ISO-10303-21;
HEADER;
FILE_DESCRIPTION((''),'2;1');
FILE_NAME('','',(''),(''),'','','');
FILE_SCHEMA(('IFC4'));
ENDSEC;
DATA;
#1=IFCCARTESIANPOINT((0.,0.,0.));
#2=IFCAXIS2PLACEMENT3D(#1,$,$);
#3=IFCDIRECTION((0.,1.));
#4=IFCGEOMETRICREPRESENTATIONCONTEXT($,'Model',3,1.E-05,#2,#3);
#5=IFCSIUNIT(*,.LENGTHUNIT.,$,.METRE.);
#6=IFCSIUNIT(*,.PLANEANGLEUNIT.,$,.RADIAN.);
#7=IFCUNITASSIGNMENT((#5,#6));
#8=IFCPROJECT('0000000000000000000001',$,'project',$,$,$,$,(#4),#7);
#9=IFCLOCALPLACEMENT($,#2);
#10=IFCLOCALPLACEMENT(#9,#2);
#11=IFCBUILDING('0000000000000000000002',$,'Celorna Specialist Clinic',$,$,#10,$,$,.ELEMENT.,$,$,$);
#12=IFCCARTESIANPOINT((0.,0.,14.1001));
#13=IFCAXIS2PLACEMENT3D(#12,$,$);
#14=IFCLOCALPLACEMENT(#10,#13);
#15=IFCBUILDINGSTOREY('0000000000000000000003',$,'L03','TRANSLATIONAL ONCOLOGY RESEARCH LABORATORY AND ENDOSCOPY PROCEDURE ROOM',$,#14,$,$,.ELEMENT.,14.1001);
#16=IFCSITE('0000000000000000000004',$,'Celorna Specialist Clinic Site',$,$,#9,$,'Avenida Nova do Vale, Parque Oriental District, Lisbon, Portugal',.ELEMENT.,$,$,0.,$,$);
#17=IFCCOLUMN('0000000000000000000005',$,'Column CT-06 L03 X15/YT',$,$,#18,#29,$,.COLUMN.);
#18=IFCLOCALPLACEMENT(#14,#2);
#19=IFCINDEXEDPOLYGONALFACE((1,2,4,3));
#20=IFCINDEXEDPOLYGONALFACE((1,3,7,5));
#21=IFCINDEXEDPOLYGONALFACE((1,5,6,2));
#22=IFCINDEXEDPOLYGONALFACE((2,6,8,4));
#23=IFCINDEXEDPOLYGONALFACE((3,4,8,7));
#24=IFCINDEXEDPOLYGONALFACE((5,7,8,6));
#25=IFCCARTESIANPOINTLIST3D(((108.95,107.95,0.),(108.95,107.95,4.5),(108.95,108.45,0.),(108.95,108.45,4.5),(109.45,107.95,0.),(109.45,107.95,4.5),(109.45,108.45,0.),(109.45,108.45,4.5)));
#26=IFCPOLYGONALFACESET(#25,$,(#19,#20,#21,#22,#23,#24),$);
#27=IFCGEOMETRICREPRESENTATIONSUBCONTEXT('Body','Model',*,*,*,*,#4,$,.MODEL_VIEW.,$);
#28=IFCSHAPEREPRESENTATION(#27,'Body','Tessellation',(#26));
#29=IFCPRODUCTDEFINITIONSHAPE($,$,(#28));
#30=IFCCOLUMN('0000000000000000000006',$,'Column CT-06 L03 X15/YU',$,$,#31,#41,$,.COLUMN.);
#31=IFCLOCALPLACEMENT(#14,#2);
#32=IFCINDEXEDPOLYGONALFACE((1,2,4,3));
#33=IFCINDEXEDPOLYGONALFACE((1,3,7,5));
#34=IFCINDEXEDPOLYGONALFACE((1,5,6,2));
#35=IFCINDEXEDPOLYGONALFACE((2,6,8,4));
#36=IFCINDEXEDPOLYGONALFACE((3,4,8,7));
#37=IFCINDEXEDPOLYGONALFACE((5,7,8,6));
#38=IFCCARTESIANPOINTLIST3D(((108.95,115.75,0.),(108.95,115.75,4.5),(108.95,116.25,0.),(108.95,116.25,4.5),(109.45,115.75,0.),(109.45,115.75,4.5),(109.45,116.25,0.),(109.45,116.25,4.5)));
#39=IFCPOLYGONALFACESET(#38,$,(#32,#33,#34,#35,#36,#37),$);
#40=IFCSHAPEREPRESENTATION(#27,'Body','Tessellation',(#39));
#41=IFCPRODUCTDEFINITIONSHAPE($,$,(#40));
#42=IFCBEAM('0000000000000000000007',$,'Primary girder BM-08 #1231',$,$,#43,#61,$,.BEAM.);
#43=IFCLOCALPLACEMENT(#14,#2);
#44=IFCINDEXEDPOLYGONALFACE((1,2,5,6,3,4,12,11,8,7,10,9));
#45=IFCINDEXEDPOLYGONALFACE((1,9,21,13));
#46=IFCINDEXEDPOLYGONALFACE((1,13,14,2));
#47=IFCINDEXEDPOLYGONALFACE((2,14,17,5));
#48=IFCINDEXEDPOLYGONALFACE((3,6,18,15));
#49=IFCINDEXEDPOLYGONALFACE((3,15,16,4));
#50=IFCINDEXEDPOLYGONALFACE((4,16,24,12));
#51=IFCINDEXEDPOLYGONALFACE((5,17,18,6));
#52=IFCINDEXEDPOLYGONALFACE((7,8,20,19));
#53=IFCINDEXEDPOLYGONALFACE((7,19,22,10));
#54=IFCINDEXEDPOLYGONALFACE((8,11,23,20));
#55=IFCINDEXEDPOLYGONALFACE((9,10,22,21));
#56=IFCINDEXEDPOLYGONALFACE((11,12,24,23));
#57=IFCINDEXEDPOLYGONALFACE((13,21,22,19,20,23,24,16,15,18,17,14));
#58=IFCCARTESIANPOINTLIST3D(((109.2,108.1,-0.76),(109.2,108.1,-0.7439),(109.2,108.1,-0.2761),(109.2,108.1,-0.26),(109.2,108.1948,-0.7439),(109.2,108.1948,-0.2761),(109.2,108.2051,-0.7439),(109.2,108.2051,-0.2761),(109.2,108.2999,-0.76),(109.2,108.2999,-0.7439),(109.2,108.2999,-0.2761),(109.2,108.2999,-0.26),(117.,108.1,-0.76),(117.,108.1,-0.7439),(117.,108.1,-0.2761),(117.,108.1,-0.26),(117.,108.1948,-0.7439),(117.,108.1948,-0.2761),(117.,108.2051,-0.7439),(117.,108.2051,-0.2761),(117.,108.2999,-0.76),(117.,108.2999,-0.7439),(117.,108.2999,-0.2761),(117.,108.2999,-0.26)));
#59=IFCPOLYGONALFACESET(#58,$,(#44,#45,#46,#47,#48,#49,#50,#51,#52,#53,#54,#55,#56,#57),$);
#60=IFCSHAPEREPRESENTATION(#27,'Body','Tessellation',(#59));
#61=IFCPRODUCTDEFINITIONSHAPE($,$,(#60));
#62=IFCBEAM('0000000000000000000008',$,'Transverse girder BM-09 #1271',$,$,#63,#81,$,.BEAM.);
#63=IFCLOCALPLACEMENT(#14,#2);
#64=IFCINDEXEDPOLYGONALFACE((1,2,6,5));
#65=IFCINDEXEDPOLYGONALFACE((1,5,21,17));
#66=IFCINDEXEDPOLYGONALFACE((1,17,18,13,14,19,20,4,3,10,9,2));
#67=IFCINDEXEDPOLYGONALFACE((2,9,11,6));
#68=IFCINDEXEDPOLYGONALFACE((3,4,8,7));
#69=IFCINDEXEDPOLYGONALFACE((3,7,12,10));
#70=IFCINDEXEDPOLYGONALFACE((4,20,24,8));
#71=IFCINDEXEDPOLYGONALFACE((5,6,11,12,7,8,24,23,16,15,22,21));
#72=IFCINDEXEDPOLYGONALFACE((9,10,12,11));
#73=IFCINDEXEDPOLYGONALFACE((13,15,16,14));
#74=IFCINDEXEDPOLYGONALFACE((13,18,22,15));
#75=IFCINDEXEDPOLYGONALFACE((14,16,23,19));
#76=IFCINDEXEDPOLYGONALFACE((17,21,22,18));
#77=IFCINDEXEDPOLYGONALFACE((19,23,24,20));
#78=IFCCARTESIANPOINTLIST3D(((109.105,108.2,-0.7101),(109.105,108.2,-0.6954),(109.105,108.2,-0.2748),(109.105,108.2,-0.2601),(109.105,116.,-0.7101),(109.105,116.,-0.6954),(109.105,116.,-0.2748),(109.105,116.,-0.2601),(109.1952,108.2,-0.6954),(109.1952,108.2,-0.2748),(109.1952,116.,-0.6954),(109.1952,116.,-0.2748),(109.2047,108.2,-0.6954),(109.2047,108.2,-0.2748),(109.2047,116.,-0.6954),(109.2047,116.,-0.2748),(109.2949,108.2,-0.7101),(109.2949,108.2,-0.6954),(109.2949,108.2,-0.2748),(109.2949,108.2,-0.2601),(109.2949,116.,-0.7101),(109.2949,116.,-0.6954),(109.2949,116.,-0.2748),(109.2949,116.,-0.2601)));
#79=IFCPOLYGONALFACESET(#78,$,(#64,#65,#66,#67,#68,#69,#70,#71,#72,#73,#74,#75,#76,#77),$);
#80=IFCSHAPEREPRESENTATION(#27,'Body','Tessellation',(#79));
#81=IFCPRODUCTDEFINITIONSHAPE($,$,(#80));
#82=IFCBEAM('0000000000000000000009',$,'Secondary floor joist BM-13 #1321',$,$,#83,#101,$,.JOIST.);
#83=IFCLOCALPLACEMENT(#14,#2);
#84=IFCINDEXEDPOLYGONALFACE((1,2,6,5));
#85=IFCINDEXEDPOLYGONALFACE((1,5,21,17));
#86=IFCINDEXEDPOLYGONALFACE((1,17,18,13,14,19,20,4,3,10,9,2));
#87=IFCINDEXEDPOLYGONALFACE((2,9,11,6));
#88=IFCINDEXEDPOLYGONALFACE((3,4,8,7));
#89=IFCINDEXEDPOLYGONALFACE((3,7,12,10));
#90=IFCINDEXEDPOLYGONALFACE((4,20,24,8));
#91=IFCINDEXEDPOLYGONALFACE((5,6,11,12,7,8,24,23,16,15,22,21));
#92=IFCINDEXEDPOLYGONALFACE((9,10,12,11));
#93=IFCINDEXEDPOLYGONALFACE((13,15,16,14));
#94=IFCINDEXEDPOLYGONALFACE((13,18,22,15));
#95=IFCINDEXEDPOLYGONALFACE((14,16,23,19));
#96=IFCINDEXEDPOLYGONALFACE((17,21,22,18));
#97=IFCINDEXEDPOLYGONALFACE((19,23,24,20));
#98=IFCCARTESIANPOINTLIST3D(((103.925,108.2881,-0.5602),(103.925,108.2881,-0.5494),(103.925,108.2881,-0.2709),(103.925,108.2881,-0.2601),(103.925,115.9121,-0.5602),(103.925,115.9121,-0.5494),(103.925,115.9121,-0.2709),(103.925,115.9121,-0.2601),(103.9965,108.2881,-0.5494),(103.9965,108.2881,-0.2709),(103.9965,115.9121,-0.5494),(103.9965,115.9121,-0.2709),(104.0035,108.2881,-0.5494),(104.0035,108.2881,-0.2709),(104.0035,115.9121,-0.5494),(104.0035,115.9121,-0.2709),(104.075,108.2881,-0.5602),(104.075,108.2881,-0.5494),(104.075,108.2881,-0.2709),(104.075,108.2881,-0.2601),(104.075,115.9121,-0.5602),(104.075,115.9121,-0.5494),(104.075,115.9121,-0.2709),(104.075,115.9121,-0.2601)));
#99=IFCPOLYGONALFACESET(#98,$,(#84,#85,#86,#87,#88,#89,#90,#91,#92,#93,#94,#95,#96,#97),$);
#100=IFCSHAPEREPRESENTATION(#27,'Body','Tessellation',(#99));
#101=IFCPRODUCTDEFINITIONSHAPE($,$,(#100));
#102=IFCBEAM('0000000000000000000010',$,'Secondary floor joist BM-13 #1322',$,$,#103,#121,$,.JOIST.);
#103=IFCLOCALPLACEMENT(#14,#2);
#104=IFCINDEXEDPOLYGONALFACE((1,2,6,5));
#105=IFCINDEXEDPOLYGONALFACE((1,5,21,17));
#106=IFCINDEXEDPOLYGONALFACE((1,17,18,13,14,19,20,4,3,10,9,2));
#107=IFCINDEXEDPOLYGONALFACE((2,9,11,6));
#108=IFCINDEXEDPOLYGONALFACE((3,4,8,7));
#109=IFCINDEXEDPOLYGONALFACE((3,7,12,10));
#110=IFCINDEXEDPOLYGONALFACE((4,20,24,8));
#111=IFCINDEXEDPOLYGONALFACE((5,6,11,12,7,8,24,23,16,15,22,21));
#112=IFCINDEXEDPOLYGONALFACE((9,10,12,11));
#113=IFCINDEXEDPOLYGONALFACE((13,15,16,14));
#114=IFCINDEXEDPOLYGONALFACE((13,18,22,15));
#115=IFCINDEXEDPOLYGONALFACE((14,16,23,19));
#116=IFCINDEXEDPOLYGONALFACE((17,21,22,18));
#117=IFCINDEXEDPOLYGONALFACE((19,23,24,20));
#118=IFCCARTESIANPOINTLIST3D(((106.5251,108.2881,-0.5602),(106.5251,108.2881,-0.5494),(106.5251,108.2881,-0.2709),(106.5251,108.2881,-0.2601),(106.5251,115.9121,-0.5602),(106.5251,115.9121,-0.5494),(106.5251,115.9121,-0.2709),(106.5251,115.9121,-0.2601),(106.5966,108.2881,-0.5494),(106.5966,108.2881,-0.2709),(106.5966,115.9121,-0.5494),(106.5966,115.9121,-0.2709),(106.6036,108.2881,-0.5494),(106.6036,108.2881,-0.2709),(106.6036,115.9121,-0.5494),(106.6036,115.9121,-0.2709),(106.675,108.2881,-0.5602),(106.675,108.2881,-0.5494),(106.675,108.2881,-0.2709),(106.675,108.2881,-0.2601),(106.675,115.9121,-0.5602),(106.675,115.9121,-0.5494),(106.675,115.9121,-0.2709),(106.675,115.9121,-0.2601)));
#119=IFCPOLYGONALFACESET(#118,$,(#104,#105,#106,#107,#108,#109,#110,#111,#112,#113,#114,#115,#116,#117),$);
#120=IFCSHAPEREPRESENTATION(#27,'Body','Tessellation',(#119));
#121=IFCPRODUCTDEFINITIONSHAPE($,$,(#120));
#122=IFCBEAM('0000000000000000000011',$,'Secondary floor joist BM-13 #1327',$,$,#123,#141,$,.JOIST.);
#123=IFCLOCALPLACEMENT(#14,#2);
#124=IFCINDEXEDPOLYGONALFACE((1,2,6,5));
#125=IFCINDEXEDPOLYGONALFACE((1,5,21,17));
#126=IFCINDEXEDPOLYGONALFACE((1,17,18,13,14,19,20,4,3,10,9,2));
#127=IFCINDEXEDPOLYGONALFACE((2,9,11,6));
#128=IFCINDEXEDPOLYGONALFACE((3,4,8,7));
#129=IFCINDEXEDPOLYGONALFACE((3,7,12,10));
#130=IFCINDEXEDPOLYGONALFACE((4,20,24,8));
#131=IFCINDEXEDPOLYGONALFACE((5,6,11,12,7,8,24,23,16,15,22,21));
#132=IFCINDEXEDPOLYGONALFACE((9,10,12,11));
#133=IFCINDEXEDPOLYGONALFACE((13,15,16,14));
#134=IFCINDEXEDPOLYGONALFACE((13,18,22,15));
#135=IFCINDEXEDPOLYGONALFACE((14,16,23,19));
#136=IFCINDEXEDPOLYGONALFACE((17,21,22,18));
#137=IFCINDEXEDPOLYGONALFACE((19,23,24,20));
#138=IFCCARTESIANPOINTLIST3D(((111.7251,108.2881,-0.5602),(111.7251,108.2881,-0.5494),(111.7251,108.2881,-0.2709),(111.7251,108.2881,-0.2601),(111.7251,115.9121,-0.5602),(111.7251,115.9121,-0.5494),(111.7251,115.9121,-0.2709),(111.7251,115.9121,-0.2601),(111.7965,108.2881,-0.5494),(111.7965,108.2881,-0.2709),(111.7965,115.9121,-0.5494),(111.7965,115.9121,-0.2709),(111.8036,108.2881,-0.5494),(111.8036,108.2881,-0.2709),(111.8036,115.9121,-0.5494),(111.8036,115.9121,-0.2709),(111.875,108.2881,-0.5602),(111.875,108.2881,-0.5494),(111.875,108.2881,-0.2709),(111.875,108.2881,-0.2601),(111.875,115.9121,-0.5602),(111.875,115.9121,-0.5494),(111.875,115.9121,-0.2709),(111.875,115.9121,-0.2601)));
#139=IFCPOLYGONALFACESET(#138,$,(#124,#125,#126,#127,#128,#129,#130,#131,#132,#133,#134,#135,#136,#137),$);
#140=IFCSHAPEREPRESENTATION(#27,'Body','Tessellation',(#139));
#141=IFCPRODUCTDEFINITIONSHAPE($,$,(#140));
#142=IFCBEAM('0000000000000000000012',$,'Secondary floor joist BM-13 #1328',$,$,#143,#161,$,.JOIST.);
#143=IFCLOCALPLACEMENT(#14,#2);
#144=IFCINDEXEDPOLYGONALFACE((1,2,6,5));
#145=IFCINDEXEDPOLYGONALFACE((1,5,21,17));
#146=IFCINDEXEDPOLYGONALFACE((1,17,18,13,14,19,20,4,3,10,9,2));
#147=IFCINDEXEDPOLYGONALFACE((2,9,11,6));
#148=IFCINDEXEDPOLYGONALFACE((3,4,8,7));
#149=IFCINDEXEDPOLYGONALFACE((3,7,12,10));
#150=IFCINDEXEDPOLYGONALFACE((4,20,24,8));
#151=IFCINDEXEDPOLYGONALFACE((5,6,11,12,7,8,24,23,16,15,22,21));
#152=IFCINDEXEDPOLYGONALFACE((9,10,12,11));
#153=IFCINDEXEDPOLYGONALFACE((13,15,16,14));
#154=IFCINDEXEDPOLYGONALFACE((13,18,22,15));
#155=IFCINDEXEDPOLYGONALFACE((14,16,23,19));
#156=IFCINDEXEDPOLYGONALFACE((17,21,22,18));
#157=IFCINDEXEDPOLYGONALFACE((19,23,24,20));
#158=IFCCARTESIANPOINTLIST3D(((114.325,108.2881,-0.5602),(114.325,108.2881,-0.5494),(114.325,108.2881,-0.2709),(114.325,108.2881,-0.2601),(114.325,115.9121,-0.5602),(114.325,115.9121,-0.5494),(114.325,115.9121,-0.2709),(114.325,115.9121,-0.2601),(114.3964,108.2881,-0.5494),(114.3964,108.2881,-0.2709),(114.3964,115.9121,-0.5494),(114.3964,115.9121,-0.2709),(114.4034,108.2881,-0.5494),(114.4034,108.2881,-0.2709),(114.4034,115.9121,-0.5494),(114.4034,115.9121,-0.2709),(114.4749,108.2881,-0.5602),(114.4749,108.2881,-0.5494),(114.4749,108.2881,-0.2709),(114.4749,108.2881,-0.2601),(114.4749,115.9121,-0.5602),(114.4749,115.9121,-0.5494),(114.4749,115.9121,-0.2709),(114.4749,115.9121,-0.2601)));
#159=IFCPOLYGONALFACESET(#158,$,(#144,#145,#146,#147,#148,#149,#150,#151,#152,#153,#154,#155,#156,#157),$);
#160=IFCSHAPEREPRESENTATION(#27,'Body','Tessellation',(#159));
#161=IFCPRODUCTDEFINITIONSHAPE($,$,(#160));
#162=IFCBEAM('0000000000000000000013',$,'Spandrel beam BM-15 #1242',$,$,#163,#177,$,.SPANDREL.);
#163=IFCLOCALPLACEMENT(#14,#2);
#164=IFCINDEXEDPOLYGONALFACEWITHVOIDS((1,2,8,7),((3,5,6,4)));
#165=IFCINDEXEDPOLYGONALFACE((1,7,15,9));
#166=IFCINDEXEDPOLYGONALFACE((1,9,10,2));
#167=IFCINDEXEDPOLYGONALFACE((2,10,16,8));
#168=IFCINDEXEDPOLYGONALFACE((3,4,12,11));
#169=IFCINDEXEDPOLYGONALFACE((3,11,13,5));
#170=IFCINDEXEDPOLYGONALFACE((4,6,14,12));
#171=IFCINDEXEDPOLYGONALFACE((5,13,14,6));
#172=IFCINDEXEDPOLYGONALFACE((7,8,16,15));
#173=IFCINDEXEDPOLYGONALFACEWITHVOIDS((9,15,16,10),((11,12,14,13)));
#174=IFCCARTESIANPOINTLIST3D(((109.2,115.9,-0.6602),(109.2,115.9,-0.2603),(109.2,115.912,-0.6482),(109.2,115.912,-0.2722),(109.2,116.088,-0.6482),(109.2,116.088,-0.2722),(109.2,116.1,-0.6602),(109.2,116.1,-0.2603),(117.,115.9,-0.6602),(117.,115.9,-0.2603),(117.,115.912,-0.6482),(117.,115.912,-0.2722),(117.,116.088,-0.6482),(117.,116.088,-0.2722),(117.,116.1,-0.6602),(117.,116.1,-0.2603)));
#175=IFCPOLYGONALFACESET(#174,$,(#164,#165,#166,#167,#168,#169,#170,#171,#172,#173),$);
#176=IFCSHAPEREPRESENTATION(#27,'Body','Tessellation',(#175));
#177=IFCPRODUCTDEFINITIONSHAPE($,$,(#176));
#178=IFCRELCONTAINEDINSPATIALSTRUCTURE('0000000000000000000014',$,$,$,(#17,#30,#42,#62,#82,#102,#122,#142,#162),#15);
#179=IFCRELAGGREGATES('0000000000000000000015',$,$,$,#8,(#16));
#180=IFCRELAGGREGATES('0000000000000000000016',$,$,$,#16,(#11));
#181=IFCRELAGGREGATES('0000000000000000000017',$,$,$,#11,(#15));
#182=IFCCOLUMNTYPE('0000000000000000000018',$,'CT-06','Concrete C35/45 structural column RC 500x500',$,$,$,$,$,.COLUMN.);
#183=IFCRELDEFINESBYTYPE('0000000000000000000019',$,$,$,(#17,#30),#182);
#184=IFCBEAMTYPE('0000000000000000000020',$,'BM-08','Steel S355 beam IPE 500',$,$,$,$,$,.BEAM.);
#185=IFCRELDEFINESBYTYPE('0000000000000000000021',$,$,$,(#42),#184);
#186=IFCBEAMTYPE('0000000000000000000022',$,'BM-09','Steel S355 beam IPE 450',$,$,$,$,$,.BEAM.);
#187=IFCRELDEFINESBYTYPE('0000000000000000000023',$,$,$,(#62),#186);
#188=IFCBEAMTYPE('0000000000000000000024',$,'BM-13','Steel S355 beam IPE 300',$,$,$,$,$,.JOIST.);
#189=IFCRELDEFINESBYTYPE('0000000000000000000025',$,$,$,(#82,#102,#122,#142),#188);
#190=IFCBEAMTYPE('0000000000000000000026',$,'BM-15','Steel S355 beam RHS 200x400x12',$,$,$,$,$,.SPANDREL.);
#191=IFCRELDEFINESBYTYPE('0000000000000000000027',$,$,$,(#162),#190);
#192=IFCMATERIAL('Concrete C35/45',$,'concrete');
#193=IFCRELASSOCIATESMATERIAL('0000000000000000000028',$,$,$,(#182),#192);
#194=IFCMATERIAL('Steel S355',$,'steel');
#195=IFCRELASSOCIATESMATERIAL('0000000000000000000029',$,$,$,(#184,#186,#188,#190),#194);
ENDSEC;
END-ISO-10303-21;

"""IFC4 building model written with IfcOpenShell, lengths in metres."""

from ifc_helpers import new_model, si_unit, direction, frame, origin, origin_2d, place, context, subcontext, project, spatial, rectangle, hollow_rectangle, i_section, extrude, material, material_profile, profile_set, type_object, element, save


model = new_model("IFC4")

# Units and contexts
model_context = context("Model", 3, precision=1e-05, world=origin(), true_north=direction((0.0, 1.0)))
body_context = subcontext(model_context, "Body", "Model", "MODEL_VIEW")
ifc_project = project(units=[si_unit("LENGTHUNIT", "METRE"), si_unit("PLANEANGLEUNIT", "RADIAN")], contexts=[model_context])

# Site, building, storey
site_placement = place(None, origin())
site = spatial("IfcSite", under=ifc_project, at=site_placement, Name="Celorna Specialist Clinic Site", LongName="Avenida Nova do Vale, Parque Oriental District, Lisbon, Portugal", CompositionType="ELEMENT", RefElevation=0.0)
building_placement = place(site_placement, origin())
building = spatial("IfcBuilding", under=site, at=building_placement, Name="Celorna Specialist Clinic", CompositionType="ELEMENT")
storey_placement = place(building_placement, frame((0.0, 0.0, 14.1001)))
storey = spatial("IfcBuildingStorey", under=building, at=storey_placement, Name="L03", Description="TRANSLATIONAL ONCOLOGY RESEARCH LABORATORY AND ENDOSCOPY PROCEDURE ROOM", CompositionType="ELEMENT", Elevation=14.1001)

# Columns
ifc_material_1 = material(Name="Concrete C35/45", Category="concrete")
ifc_material_profile_1 = material_profile(ifc_material_1, rectangle(XDim=0.5, YDim=0.5, at=origin_2d()), Name="RC 500x500")
ifc_profile_set_1 = profile_set([ifc_material_profile_1], Name="Concrete C35/45")
column_type = type_object("IfcColumnType", Name="CT-06", Description="Concrete C35/45 structural column RC 500x500", PredefinedType="COLUMN", material=ifc_profile_set_1)
for number, where, z_axis, x_axis, name in (
    (1, (109.2, 108.2, 0.0), (0.0, 0.0, 1.0), (1.0, 0.0, 0.0), "Column CT-06 L03 X15/YT"),
    (2, (109.2, 116.0, 0.0), (0.0, 0.0, 1.0), (1.0, 0.0, 0.0), "Column CT-06 L03 X15/YU"),
):
    element("IfcColumn", number, at=place(storey_placement, frame(where, z_axis=z_axis, x_axis=x_axis)), inside=storey, type_object=column_type, Name=name, PredefinedType="COLUMN", context=body_context, shape_type="SweptSolid", body=[
        extrude(rectangle(XDim=0.5, YDim=0.5, at=origin_2d()), origin(), (0.0, 0.0, 1.0), 4.5),
    ])

# Beams
ifc_material_2 = material(Name="Steel S355", Category="steel")
ifc_material_profile_2 = material_profile(ifc_material_2, i_section(OverallWidth=0.2, OverallDepth=0.5, WebThickness=0.0103, FlangeThickness=0.0161, at=origin_2d()), Name="IPE 500")
ifc_profile_set_2 = profile_set([ifc_material_profile_2], Name="Steel S355")
beam_type_1 = type_object("IfcBeamType", Name="BM-08", Description="Steel S355 beam IPE 500", PredefinedType="BEAM", material=ifc_profile_set_2)
beam_1_placement = place(storey_placement, frame((109.2, 108.2, -0.51), z_axis=(1.0, 0.0, 0.0), x_axis=(0.0, 1.0, 0.0)))
element("IfcBeam", 3, at=beam_1_placement, inside=storey, type_object=beam_type_1, Name="Primary girder BM-08 #1231", PredefinedType="BEAM", context=body_context, shape_type="SweptSolid", body=[
    extrude(i_section(OverallWidth=0.2, OverallDepth=0.5, WebThickness=0.0103, FlangeThickness=0.0161, at=origin_2d()), origin(), (0.0, 0.0, 1.0), 7.8),
])
ifc_material_profile_3 = material_profile(ifc_material_2, i_section(OverallWidth=0.1899, OverallDepth=0.45, WebThickness=0.0095, FlangeThickness=0.0146, at=origin_2d()), Name="IPE 450")
ifc_profile_set_3 = profile_set([ifc_material_profile_3], Name="Steel S355")
beam_type_2 = type_object("IfcBeamType", Name="BM-09", Description="Steel S355 beam IPE 450", PredefinedType="BEAM", material=ifc_profile_set_3)
beam_2_placement = place(storey_placement, frame((109.2, 108.2, -0.4851), z_axis=(0.0, 1.0, 0.0), x_axis=(-1.0, 0.0, 0.0)))
element("IfcBeam", 4, at=beam_2_placement, inside=storey, type_object=beam_type_2, Name="Transverse girder BM-09 #1271", PredefinedType="BEAM", context=body_context, shape_type="SweptSolid", body=[
    extrude(i_section(OverallWidth=0.1899, OverallDepth=0.45, WebThickness=0.0095, FlangeThickness=0.0146, at=origin_2d()), origin(), (0.0, 0.0, 1.0), 7.8),
])
ifc_material_profile_4 = material_profile(ifc_material_2, i_section(OverallWidth=0.1499, OverallDepth=0.3, WebThickness=0.0071, FlangeThickness=0.0107, at=origin_2d()), Name="IPE 300")
ifc_profile_set_4 = profile_set([ifc_material_profile_4], Name="Steel S355")
beam_type_3 = type_object("IfcBeamType", Name="BM-13", Description="Steel S355 beam IPE 300", PredefinedType="JOIST", material=ifc_profile_set_4)
for number, where, z_axis, x_axis, name in (
    (5, (104.0, 108.2881, -0.4102), (0.0, 1.0, 0.0), (-1.0, 0.0, 0.0), "Secondary floor joist BM-13 #1321"),
    (6, (106.6001, 108.2881, -0.4102), (0.0, 1.0, 0.0), (-1.0, 0.0, 0.0), "Secondary floor joist BM-13 #1322"),
    (7, (111.8, 108.2881, -0.4102), (0.0, 1.0, 0.0), (-1.0, 0.0, 0.0), "Secondary floor joist BM-13 #1327"),
    (8, (114.3999, 108.2881, -0.4102), (0.0, 1.0, 0.0), (-1.0, 0.0, 0.0), "Secondary floor joist BM-13 #1328"),
):
    element("IfcBeam", number, at=place(storey_placement, frame(where, z_axis=z_axis, x_axis=x_axis)), inside=storey, type_object=beam_type_3, Name=name, PredefinedType="JOIST", context=body_context, shape_type="SweptSolid", body=[
        extrude(i_section(OverallWidth=0.1499, OverallDepth=0.3, WebThickness=0.0071, FlangeThickness=0.0107, at=origin_2d()), origin(), (0.0, 0.0, 1.0), 7.624),
    ])
ifc_material_profile_5 = material_profile(ifc_material_2, hollow_rectangle(XDim=0.2, YDim=0.3999, WallThickness=0.012, at=origin_2d()), Name="RHS 200x400x12")
ifc_profile_set_5 = profile_set([ifc_material_profile_5], Name="Steel S355")
beam_type_4 = type_object("IfcBeamType", Name="BM-15", Description="Steel S355 beam RHS 200x400x12", PredefinedType="SPANDREL", material=ifc_profile_set_5)
beam_3_placement = place(storey_placement, frame((109.2, 116.0, -0.4602), z_axis=(1.0, 0.0, 0.0), x_axis=(0.0, 1.0, 0.0)))
element("IfcBeam", 9, at=beam_3_placement, inside=storey, type_object=beam_type_4, Name="Spandrel beam BM-15 #1242", PredefinedType="SPANDREL", context=body_context, shape_type="SweptSolid", body=[
    extrude(hollow_rectangle(XDim=0.2, YDim=0.3999, WallThickness=0.012, at=origin_2d()), origin(), (0.0, 0.0, 1.0), 7.8),
])

save(model, "model.ifc")
